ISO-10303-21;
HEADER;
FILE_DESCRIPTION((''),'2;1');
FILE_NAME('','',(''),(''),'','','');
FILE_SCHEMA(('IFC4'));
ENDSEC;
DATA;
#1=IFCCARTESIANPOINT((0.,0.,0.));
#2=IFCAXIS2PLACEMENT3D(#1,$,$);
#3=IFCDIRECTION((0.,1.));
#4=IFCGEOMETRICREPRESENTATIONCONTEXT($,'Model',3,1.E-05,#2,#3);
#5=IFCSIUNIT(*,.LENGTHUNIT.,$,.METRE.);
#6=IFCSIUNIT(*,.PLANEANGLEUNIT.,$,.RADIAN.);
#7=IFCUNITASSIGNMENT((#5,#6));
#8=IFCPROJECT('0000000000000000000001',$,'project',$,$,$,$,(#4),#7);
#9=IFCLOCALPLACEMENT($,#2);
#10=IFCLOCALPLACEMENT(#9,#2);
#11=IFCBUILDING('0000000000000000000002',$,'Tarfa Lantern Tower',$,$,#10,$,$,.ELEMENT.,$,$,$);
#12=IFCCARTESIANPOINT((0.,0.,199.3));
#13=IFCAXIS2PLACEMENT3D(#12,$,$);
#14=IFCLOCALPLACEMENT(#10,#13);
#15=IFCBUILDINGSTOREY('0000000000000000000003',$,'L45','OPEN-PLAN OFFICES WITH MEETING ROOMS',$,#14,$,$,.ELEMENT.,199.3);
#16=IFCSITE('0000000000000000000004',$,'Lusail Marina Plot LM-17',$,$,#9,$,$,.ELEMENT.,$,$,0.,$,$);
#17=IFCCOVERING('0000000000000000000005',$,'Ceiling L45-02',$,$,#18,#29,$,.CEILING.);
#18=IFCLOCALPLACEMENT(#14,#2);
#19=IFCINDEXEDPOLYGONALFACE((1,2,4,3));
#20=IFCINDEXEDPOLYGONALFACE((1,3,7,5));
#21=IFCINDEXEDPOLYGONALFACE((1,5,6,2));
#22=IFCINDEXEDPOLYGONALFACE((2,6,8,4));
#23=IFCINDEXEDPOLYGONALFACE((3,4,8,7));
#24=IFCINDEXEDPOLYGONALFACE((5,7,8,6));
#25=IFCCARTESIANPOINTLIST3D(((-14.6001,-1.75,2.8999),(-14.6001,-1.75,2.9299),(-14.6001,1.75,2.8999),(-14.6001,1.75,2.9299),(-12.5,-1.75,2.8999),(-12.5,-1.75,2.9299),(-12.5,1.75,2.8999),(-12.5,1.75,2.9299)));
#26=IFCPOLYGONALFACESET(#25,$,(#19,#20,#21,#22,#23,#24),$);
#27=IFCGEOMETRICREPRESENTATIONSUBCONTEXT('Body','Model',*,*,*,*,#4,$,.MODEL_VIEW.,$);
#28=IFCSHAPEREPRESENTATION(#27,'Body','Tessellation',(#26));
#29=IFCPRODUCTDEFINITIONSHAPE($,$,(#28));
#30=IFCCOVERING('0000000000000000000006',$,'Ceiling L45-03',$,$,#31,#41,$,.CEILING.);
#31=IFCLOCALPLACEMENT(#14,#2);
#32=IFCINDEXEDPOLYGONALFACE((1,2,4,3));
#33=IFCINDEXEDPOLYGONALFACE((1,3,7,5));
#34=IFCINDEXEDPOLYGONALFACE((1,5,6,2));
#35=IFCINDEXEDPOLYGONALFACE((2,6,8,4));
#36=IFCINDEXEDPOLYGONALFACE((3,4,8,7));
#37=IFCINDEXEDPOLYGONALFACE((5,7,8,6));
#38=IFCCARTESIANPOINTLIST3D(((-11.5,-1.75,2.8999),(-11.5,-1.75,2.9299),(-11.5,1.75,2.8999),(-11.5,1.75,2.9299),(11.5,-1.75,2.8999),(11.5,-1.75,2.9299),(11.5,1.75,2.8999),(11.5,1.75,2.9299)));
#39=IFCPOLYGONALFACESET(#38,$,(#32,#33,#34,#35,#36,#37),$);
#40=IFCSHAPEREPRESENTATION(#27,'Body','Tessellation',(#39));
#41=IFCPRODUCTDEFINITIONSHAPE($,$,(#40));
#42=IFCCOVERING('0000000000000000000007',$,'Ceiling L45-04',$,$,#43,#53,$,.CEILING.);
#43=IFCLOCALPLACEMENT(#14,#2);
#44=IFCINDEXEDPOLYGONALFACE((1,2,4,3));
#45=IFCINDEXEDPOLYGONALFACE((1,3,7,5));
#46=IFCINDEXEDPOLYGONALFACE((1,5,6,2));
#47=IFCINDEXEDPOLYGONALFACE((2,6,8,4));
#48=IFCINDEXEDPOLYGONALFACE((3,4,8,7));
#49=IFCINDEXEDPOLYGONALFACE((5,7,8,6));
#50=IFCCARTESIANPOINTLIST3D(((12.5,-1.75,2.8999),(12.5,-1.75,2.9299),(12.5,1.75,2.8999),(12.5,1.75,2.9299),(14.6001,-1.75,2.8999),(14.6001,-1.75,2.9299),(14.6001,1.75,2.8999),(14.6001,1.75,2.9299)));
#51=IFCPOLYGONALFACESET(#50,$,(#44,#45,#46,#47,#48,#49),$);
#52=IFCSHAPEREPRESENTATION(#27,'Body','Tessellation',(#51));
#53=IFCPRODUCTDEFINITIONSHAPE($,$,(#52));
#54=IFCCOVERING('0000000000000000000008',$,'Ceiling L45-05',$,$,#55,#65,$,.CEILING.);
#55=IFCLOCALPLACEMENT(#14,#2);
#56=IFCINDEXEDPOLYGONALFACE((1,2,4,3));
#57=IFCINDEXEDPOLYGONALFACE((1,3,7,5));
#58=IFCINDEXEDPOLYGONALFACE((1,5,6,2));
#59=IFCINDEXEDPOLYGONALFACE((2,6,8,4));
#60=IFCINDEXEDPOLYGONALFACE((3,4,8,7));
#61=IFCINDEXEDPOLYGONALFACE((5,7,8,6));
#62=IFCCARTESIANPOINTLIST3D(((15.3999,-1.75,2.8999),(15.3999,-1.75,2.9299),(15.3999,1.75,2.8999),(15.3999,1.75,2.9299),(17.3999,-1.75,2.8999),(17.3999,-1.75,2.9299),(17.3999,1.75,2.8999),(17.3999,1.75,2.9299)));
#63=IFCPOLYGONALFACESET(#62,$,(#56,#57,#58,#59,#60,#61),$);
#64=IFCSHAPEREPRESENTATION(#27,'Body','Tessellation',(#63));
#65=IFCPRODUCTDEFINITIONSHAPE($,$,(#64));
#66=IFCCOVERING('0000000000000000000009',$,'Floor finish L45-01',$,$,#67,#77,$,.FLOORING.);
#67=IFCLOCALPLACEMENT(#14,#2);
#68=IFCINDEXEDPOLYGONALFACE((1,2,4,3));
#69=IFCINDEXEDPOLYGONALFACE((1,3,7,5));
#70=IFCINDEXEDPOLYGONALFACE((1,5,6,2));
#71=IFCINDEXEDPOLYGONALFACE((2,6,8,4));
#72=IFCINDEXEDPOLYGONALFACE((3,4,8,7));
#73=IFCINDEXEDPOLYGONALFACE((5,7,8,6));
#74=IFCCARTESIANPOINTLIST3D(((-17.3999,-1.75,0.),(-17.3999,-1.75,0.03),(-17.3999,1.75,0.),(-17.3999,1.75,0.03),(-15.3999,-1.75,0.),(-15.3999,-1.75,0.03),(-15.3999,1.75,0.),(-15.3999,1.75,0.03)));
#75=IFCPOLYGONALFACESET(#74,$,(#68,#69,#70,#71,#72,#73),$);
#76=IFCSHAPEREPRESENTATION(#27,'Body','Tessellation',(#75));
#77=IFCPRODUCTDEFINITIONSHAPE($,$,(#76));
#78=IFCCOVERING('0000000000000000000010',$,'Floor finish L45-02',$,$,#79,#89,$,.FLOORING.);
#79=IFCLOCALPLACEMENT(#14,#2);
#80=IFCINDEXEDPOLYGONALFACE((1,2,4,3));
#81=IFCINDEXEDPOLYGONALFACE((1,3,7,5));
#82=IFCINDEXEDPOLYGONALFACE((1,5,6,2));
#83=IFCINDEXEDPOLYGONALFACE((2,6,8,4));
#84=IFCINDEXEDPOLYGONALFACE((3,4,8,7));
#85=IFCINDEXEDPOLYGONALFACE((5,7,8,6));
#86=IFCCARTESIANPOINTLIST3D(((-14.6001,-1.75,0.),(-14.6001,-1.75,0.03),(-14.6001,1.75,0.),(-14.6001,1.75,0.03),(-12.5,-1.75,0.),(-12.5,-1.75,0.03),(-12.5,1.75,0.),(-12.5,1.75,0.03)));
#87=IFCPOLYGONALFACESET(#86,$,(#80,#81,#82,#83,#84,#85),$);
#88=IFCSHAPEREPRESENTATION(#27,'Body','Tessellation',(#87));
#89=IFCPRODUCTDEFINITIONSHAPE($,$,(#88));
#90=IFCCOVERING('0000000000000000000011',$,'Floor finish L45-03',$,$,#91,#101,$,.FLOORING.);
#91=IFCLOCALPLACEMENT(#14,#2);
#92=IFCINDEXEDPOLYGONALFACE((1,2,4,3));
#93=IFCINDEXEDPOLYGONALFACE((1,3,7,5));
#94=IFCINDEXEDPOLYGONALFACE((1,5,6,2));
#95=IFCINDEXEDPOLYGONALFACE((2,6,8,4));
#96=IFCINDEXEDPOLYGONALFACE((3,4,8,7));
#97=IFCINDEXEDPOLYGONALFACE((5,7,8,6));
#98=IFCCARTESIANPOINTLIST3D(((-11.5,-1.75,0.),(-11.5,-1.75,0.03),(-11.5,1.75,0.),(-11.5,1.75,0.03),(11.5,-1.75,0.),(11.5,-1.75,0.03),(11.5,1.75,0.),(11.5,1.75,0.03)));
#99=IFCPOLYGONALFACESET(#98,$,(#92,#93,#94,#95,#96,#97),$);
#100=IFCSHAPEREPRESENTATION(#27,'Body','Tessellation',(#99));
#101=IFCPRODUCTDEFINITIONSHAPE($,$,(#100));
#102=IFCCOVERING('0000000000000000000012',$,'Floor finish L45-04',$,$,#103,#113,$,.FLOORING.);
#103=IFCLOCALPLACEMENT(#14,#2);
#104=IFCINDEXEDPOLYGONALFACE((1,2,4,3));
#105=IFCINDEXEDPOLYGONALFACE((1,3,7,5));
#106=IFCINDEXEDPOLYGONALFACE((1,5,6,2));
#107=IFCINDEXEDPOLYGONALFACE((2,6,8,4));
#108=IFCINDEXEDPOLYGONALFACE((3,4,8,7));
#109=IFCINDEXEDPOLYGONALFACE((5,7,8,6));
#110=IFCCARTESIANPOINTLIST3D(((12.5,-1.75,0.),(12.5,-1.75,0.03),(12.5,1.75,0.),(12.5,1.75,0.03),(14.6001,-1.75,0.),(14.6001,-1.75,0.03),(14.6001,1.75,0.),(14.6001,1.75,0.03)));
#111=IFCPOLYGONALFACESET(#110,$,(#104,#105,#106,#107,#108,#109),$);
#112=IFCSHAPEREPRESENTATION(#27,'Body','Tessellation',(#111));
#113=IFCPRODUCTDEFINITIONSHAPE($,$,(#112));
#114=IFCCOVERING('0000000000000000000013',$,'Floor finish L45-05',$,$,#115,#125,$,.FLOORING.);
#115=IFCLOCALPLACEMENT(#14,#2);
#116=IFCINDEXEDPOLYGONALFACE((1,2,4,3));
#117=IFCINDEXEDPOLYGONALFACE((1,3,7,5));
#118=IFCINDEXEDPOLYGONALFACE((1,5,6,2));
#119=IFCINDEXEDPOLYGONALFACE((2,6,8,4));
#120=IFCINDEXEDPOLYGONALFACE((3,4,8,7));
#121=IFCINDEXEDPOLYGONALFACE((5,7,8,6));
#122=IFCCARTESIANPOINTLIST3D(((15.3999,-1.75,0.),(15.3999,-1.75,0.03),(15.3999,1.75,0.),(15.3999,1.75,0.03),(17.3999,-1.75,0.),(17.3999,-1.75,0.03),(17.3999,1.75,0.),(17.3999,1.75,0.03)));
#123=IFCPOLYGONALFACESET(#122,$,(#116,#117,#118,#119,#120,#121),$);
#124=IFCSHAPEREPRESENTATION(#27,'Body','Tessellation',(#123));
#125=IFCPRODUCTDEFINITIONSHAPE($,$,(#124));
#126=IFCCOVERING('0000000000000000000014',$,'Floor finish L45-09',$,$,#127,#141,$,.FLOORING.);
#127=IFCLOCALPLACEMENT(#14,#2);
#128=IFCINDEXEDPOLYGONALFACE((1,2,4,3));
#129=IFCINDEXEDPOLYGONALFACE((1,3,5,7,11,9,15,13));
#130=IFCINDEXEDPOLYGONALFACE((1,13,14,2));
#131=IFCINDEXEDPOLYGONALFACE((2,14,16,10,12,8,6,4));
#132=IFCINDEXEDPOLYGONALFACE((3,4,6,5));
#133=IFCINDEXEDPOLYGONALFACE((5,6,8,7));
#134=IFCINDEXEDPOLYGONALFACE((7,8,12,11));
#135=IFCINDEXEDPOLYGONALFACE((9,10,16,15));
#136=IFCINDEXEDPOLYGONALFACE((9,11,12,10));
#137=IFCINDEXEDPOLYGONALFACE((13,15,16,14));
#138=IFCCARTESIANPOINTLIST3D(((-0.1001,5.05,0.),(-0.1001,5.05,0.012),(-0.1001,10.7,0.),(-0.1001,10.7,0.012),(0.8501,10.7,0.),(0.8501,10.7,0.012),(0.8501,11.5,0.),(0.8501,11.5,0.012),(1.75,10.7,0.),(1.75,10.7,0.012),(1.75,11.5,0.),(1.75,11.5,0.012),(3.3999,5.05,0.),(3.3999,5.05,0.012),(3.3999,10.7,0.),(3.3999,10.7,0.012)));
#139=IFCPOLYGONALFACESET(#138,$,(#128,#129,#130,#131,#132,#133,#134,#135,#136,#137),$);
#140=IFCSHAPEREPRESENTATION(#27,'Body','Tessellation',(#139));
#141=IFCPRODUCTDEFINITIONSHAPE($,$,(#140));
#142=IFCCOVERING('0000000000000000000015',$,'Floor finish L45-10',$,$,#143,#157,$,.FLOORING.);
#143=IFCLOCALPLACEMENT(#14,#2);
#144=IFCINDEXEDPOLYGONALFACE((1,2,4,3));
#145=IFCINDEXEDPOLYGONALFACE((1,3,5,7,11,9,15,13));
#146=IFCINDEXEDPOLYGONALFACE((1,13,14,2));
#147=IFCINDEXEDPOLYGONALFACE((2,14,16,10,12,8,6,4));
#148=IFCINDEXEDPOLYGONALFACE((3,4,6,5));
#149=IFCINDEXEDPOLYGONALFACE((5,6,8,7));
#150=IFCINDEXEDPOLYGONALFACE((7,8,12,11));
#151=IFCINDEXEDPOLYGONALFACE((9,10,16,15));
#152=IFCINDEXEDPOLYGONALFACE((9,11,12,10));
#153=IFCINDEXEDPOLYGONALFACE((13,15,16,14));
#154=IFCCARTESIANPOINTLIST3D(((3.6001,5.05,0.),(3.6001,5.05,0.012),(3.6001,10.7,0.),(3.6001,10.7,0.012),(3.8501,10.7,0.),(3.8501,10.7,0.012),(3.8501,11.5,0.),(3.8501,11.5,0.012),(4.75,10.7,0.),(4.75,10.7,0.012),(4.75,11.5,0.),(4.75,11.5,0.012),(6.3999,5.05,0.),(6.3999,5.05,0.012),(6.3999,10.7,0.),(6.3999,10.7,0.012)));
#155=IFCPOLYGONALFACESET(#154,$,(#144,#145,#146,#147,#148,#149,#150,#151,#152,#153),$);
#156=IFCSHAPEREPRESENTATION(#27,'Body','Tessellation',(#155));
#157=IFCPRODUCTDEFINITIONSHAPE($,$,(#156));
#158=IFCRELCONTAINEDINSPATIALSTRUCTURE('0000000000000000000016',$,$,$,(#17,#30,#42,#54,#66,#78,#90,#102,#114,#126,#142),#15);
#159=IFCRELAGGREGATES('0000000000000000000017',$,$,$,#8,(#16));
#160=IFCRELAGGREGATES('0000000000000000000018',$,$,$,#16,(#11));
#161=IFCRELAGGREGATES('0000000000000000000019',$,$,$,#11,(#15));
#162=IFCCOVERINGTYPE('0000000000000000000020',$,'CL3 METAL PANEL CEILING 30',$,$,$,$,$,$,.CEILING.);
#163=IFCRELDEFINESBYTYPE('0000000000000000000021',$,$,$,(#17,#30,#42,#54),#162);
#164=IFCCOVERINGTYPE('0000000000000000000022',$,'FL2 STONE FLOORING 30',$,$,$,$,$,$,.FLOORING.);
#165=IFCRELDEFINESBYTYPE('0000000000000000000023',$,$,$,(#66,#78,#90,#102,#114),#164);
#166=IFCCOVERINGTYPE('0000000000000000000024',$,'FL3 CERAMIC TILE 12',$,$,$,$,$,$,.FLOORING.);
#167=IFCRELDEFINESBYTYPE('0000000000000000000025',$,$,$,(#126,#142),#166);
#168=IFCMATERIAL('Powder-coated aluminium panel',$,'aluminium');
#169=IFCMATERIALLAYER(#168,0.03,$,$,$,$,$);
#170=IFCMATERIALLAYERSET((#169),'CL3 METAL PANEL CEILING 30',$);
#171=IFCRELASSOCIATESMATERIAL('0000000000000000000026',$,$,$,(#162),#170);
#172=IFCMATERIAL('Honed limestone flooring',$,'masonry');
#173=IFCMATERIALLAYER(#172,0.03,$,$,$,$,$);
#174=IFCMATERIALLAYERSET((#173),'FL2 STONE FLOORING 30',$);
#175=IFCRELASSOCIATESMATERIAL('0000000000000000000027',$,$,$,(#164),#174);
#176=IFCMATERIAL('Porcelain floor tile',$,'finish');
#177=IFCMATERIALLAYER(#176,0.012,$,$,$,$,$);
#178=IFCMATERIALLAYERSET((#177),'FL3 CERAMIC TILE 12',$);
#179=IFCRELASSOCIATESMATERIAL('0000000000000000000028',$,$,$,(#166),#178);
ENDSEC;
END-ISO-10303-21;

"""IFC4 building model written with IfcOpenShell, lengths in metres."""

from ifc_helpers import new_model, si_unit, direction, frame, origin, place, context, subcontext, project, spatial, polyline, outline, extrude, material, layer, layer_set, type_object, element, save


model = new_model("IFC4")

# Units and contexts
model_context = context("Model", 3, precision=1e-05, world=origin(), true_north=direction((0.0, 1.0)))
body_context = subcontext(model_context, "Body", "Model", "MODEL_VIEW")
ifc_project = project(units=[si_unit("LENGTHUNIT", "METRE"), si_unit("PLANEANGLEUNIT", "RADIAN")], contexts=[model_context])

# Site, building, storey
site_placement = place(None, origin())
site = spatial("IfcSite", under=ifc_project, at=site_placement, Name="Lusail Marina Plot LM-17", CompositionType="ELEMENT", RefElevation=0.0)
building_placement = place(site_placement, origin())
building = spatial("IfcBuilding", under=site, at=building_placement, Name="Tarfa Lantern Tower", CompositionType="ELEMENT")
storey_placement = place(building_placement, frame((0.0, 0.0, 199.3)))
storey = spatial("IfcBuildingStorey", under=building, at=storey_placement, Name="L45", Description="OPEN-PLAN OFFICES WITH MEETING ROOMS", CompositionType="ELEMENT", Elevation=199.3)

# Coverings
ifc_material_1 = material(Name="Powder-coated aluminium panel", Category="aluminium")
ifc_layer_1 = layer(ifc_material_1, 0.03)
ifc_layer_set_1 = layer_set([ifc_layer_1], Name="CL3 METAL PANEL CEILING 30")
covering_type_1 = type_object("IfcCoveringType", Name="CL3 METAL PANEL CEILING 30", PredefinedType="CEILING", material=ifc_layer_set_1)
covering_1_placement = place(storey_placement, frame((0.0, 0.0, 2.8999)))
element("IfcCovering", 1, at=covering_1_placement, inside=storey, type_object=covering_type_1, Name="Ceiling L45-02", PredefinedType="CEILING", context=body_context, shape_type="SweptSolid", body=[
    extrude(outline(polyline([(-14.6001, -1.75), (-12.5, -1.75), (-12.5, 1.75), (-14.6001, 1.75), (-14.6001, -1.75)])), origin(), (0.0, 0.0, 1.0), 0.03),
])
covering_2_placement = place(storey_placement, frame((0.0, 0.0, 2.8999)))
element("IfcCovering", 2, at=covering_2_placement, inside=storey, type_object=covering_type_1, Name="Ceiling L45-03", PredefinedType="CEILING", context=body_context, shape_type="SweptSolid", body=[
    extrude(outline(polyline([(-11.5, -1.75), (11.5, -1.75), (11.5, 1.75), (-11.5, 1.75), (-11.5, -1.75)])), origin(), (0.0, 0.0, 1.0), 0.03),
])
covering_3_placement = place(storey_placement, frame((0.0, 0.0, 2.8999)))
element("IfcCovering", 3, at=covering_3_placement, inside=storey, type_object=covering_type_1, Name="Ceiling L45-04", PredefinedType="CEILING", context=body_context, shape_type="SweptSolid", body=[
    extrude(outline(polyline([(12.5, -1.75), (14.6001, -1.75), (14.6001, 1.75), (12.5, 1.75), (12.5, -1.75)])), origin(), (0.0, 0.0, 1.0), 0.03),
])
covering_4_placement = place(storey_placement, frame((0.0, 0.0, 2.8999)))
element("IfcCovering", 4, at=covering_4_placement, inside=storey, type_object=covering_type_1, Name="Ceiling L45-05", PredefinedType="CEILING", context=body_context, shape_type="SweptSolid", body=[
    extrude(outline(polyline([(15.3999, -1.75), (17.3999, -1.75), (17.3999, 1.75), (15.3999, 1.75), (15.3999, -1.75)])), origin(), (0.0, 0.0, 1.0), 0.03),
])
ifc_material_2 = material(Name="Honed limestone flooring", Category="masonry")
ifc_layer_2 = layer(ifc_material_2, 0.03)
ifc_layer_set_2 = layer_set([ifc_layer_2], Name="FL2 STONE FLOORING 30")
covering_type_2 = type_object("IfcCoveringType", Name="FL2 STONE FLOORING 30", PredefinedType="FLOORING", material=ifc_layer_set_2)
covering_5_placement = place(storey_placement, origin())
element("IfcCovering", 5, at=covering_5_placement, inside=storey, type_object=covering_type_2, Name="Floor finish L45-01", PredefinedType="FLOORING", context=body_context, shape_type="SweptSolid", body=[
    extrude(outline(polyline([(-17.3999, -1.75), (-15.3999, -1.75), (-15.3999, 1.75), (-17.3999, 1.75), (-17.3999, -1.75)])), origin(), (0.0, 0.0, 1.0), 0.03),
])
covering_6_placement = place(storey_placement, origin())
element("IfcCovering", 6, at=covering_6_placement, inside=storey, type_object=covering_type_2, Name="Floor finish L45-02", PredefinedType="FLOORING", context=body_context, shape_type="SweptSolid", body=[
    extrude(outline(polyline([(-14.6001, -1.75), (-12.5, -1.75), (-12.5, 1.75), (-14.6001, 1.75), (-14.6001, -1.75)])), origin(), (0.0, 0.0, 1.0), 0.03),
])
covering_7_placement = place(storey_placement, origin())
element("IfcCovering", 7, at=covering_7_placement, inside=storey, type_object=covering_type_2, Name="Floor finish L45-03", PredefinedType="FLOORING", context=body_context, shape_type="SweptSolid", body=[
    extrude(outline(polyline([(-11.5, -1.75), (11.5, -1.75), (11.5, 1.75), (-11.5, 1.75), (-11.5, -1.75)])), origin(), (0.0, 0.0, 1.0), 0.03),
])
covering_8_placement = place(storey_placement, origin())
element("IfcCovering", 8, at=covering_8_placement, inside=storey, type_object=covering_type_2, Name="Floor finish L45-04", PredefinedType="FLOORING", context=body_context, shape_type="SweptSolid", body=[
    extrude(outline(polyline([(12.5, -1.75), (14.6001, -1.75), (14.6001, 1.75), (12.5, 1.75), (12.5, -1.75)])), origin(), (0.0, 0.0, 1.0), 0.03),
])
covering_9_placement = place(storey_placement, origin())
element("IfcCovering", 9, at=covering_9_placement, inside=storey, type_object=covering_type_2, Name="Floor finish L45-05", PredefinedType="FLOORING", context=body_context, shape_type="SweptSolid", body=[
    extrude(outline(polyline([(15.3999, -1.75), (17.3999, -1.75), (17.3999, 1.75), (15.3999, 1.75), (15.3999, -1.75)])), origin(), (0.0, 0.0, 1.0), 0.03),
])
ifc_material_3 = material(Name="Porcelain floor tile", Category="finish")
ifc_layer_3 = layer(ifc_material_3, 0.012)
ifc_layer_set_3 = layer_set([ifc_layer_3], Name="FL3 CERAMIC TILE 12")
covering_type_3 = type_object("IfcCoveringType", Name="FL3 CERAMIC TILE 12", PredefinedType="FLOORING", material=ifc_layer_set_3)
covering_10_placement = place(storey_placement, origin())
element("IfcCovering", 10, at=covering_10_placement, inside=storey, type_object=covering_type_3, Name="Floor finish L45-09", PredefinedType="FLOORING", context=body_context, shape_type="SweptSolid", body=[
    extrude(outline(polyline([(0.8501, 10.7), (-0.1001, 10.7), (-0.1001, 5.05), (3.3999, 5.05), (3.3999, 10.7), (1.75, 10.7), (1.75, 11.5), (0.8501, 11.5), (0.8501, 11.5), (0.8501, 10.7)])), origin(), (0.0, 0.0, 1.0), 0.012),
])
covering_11_placement = place(storey_placement, origin())
element("IfcCovering", 11, at=covering_11_placement, inside=storey, type_object=covering_type_3, Name="Floor finish L45-10", PredefinedType="FLOORING", context=body_context, shape_type="SweptSolid", body=[
    extrude(outline(polyline([(3.6001, 5.05), (6.3999, 5.05), (6.3999, 10.7), (4.75, 10.7), (4.75, 11.5), (3.8501, 11.5), (3.8501, 10.7), (3.6001, 10.7), (3.6001, 5.05)])), origin(), (0.0, 0.0, 1.0), 0.012),
])

save(model, "model.ifc")
